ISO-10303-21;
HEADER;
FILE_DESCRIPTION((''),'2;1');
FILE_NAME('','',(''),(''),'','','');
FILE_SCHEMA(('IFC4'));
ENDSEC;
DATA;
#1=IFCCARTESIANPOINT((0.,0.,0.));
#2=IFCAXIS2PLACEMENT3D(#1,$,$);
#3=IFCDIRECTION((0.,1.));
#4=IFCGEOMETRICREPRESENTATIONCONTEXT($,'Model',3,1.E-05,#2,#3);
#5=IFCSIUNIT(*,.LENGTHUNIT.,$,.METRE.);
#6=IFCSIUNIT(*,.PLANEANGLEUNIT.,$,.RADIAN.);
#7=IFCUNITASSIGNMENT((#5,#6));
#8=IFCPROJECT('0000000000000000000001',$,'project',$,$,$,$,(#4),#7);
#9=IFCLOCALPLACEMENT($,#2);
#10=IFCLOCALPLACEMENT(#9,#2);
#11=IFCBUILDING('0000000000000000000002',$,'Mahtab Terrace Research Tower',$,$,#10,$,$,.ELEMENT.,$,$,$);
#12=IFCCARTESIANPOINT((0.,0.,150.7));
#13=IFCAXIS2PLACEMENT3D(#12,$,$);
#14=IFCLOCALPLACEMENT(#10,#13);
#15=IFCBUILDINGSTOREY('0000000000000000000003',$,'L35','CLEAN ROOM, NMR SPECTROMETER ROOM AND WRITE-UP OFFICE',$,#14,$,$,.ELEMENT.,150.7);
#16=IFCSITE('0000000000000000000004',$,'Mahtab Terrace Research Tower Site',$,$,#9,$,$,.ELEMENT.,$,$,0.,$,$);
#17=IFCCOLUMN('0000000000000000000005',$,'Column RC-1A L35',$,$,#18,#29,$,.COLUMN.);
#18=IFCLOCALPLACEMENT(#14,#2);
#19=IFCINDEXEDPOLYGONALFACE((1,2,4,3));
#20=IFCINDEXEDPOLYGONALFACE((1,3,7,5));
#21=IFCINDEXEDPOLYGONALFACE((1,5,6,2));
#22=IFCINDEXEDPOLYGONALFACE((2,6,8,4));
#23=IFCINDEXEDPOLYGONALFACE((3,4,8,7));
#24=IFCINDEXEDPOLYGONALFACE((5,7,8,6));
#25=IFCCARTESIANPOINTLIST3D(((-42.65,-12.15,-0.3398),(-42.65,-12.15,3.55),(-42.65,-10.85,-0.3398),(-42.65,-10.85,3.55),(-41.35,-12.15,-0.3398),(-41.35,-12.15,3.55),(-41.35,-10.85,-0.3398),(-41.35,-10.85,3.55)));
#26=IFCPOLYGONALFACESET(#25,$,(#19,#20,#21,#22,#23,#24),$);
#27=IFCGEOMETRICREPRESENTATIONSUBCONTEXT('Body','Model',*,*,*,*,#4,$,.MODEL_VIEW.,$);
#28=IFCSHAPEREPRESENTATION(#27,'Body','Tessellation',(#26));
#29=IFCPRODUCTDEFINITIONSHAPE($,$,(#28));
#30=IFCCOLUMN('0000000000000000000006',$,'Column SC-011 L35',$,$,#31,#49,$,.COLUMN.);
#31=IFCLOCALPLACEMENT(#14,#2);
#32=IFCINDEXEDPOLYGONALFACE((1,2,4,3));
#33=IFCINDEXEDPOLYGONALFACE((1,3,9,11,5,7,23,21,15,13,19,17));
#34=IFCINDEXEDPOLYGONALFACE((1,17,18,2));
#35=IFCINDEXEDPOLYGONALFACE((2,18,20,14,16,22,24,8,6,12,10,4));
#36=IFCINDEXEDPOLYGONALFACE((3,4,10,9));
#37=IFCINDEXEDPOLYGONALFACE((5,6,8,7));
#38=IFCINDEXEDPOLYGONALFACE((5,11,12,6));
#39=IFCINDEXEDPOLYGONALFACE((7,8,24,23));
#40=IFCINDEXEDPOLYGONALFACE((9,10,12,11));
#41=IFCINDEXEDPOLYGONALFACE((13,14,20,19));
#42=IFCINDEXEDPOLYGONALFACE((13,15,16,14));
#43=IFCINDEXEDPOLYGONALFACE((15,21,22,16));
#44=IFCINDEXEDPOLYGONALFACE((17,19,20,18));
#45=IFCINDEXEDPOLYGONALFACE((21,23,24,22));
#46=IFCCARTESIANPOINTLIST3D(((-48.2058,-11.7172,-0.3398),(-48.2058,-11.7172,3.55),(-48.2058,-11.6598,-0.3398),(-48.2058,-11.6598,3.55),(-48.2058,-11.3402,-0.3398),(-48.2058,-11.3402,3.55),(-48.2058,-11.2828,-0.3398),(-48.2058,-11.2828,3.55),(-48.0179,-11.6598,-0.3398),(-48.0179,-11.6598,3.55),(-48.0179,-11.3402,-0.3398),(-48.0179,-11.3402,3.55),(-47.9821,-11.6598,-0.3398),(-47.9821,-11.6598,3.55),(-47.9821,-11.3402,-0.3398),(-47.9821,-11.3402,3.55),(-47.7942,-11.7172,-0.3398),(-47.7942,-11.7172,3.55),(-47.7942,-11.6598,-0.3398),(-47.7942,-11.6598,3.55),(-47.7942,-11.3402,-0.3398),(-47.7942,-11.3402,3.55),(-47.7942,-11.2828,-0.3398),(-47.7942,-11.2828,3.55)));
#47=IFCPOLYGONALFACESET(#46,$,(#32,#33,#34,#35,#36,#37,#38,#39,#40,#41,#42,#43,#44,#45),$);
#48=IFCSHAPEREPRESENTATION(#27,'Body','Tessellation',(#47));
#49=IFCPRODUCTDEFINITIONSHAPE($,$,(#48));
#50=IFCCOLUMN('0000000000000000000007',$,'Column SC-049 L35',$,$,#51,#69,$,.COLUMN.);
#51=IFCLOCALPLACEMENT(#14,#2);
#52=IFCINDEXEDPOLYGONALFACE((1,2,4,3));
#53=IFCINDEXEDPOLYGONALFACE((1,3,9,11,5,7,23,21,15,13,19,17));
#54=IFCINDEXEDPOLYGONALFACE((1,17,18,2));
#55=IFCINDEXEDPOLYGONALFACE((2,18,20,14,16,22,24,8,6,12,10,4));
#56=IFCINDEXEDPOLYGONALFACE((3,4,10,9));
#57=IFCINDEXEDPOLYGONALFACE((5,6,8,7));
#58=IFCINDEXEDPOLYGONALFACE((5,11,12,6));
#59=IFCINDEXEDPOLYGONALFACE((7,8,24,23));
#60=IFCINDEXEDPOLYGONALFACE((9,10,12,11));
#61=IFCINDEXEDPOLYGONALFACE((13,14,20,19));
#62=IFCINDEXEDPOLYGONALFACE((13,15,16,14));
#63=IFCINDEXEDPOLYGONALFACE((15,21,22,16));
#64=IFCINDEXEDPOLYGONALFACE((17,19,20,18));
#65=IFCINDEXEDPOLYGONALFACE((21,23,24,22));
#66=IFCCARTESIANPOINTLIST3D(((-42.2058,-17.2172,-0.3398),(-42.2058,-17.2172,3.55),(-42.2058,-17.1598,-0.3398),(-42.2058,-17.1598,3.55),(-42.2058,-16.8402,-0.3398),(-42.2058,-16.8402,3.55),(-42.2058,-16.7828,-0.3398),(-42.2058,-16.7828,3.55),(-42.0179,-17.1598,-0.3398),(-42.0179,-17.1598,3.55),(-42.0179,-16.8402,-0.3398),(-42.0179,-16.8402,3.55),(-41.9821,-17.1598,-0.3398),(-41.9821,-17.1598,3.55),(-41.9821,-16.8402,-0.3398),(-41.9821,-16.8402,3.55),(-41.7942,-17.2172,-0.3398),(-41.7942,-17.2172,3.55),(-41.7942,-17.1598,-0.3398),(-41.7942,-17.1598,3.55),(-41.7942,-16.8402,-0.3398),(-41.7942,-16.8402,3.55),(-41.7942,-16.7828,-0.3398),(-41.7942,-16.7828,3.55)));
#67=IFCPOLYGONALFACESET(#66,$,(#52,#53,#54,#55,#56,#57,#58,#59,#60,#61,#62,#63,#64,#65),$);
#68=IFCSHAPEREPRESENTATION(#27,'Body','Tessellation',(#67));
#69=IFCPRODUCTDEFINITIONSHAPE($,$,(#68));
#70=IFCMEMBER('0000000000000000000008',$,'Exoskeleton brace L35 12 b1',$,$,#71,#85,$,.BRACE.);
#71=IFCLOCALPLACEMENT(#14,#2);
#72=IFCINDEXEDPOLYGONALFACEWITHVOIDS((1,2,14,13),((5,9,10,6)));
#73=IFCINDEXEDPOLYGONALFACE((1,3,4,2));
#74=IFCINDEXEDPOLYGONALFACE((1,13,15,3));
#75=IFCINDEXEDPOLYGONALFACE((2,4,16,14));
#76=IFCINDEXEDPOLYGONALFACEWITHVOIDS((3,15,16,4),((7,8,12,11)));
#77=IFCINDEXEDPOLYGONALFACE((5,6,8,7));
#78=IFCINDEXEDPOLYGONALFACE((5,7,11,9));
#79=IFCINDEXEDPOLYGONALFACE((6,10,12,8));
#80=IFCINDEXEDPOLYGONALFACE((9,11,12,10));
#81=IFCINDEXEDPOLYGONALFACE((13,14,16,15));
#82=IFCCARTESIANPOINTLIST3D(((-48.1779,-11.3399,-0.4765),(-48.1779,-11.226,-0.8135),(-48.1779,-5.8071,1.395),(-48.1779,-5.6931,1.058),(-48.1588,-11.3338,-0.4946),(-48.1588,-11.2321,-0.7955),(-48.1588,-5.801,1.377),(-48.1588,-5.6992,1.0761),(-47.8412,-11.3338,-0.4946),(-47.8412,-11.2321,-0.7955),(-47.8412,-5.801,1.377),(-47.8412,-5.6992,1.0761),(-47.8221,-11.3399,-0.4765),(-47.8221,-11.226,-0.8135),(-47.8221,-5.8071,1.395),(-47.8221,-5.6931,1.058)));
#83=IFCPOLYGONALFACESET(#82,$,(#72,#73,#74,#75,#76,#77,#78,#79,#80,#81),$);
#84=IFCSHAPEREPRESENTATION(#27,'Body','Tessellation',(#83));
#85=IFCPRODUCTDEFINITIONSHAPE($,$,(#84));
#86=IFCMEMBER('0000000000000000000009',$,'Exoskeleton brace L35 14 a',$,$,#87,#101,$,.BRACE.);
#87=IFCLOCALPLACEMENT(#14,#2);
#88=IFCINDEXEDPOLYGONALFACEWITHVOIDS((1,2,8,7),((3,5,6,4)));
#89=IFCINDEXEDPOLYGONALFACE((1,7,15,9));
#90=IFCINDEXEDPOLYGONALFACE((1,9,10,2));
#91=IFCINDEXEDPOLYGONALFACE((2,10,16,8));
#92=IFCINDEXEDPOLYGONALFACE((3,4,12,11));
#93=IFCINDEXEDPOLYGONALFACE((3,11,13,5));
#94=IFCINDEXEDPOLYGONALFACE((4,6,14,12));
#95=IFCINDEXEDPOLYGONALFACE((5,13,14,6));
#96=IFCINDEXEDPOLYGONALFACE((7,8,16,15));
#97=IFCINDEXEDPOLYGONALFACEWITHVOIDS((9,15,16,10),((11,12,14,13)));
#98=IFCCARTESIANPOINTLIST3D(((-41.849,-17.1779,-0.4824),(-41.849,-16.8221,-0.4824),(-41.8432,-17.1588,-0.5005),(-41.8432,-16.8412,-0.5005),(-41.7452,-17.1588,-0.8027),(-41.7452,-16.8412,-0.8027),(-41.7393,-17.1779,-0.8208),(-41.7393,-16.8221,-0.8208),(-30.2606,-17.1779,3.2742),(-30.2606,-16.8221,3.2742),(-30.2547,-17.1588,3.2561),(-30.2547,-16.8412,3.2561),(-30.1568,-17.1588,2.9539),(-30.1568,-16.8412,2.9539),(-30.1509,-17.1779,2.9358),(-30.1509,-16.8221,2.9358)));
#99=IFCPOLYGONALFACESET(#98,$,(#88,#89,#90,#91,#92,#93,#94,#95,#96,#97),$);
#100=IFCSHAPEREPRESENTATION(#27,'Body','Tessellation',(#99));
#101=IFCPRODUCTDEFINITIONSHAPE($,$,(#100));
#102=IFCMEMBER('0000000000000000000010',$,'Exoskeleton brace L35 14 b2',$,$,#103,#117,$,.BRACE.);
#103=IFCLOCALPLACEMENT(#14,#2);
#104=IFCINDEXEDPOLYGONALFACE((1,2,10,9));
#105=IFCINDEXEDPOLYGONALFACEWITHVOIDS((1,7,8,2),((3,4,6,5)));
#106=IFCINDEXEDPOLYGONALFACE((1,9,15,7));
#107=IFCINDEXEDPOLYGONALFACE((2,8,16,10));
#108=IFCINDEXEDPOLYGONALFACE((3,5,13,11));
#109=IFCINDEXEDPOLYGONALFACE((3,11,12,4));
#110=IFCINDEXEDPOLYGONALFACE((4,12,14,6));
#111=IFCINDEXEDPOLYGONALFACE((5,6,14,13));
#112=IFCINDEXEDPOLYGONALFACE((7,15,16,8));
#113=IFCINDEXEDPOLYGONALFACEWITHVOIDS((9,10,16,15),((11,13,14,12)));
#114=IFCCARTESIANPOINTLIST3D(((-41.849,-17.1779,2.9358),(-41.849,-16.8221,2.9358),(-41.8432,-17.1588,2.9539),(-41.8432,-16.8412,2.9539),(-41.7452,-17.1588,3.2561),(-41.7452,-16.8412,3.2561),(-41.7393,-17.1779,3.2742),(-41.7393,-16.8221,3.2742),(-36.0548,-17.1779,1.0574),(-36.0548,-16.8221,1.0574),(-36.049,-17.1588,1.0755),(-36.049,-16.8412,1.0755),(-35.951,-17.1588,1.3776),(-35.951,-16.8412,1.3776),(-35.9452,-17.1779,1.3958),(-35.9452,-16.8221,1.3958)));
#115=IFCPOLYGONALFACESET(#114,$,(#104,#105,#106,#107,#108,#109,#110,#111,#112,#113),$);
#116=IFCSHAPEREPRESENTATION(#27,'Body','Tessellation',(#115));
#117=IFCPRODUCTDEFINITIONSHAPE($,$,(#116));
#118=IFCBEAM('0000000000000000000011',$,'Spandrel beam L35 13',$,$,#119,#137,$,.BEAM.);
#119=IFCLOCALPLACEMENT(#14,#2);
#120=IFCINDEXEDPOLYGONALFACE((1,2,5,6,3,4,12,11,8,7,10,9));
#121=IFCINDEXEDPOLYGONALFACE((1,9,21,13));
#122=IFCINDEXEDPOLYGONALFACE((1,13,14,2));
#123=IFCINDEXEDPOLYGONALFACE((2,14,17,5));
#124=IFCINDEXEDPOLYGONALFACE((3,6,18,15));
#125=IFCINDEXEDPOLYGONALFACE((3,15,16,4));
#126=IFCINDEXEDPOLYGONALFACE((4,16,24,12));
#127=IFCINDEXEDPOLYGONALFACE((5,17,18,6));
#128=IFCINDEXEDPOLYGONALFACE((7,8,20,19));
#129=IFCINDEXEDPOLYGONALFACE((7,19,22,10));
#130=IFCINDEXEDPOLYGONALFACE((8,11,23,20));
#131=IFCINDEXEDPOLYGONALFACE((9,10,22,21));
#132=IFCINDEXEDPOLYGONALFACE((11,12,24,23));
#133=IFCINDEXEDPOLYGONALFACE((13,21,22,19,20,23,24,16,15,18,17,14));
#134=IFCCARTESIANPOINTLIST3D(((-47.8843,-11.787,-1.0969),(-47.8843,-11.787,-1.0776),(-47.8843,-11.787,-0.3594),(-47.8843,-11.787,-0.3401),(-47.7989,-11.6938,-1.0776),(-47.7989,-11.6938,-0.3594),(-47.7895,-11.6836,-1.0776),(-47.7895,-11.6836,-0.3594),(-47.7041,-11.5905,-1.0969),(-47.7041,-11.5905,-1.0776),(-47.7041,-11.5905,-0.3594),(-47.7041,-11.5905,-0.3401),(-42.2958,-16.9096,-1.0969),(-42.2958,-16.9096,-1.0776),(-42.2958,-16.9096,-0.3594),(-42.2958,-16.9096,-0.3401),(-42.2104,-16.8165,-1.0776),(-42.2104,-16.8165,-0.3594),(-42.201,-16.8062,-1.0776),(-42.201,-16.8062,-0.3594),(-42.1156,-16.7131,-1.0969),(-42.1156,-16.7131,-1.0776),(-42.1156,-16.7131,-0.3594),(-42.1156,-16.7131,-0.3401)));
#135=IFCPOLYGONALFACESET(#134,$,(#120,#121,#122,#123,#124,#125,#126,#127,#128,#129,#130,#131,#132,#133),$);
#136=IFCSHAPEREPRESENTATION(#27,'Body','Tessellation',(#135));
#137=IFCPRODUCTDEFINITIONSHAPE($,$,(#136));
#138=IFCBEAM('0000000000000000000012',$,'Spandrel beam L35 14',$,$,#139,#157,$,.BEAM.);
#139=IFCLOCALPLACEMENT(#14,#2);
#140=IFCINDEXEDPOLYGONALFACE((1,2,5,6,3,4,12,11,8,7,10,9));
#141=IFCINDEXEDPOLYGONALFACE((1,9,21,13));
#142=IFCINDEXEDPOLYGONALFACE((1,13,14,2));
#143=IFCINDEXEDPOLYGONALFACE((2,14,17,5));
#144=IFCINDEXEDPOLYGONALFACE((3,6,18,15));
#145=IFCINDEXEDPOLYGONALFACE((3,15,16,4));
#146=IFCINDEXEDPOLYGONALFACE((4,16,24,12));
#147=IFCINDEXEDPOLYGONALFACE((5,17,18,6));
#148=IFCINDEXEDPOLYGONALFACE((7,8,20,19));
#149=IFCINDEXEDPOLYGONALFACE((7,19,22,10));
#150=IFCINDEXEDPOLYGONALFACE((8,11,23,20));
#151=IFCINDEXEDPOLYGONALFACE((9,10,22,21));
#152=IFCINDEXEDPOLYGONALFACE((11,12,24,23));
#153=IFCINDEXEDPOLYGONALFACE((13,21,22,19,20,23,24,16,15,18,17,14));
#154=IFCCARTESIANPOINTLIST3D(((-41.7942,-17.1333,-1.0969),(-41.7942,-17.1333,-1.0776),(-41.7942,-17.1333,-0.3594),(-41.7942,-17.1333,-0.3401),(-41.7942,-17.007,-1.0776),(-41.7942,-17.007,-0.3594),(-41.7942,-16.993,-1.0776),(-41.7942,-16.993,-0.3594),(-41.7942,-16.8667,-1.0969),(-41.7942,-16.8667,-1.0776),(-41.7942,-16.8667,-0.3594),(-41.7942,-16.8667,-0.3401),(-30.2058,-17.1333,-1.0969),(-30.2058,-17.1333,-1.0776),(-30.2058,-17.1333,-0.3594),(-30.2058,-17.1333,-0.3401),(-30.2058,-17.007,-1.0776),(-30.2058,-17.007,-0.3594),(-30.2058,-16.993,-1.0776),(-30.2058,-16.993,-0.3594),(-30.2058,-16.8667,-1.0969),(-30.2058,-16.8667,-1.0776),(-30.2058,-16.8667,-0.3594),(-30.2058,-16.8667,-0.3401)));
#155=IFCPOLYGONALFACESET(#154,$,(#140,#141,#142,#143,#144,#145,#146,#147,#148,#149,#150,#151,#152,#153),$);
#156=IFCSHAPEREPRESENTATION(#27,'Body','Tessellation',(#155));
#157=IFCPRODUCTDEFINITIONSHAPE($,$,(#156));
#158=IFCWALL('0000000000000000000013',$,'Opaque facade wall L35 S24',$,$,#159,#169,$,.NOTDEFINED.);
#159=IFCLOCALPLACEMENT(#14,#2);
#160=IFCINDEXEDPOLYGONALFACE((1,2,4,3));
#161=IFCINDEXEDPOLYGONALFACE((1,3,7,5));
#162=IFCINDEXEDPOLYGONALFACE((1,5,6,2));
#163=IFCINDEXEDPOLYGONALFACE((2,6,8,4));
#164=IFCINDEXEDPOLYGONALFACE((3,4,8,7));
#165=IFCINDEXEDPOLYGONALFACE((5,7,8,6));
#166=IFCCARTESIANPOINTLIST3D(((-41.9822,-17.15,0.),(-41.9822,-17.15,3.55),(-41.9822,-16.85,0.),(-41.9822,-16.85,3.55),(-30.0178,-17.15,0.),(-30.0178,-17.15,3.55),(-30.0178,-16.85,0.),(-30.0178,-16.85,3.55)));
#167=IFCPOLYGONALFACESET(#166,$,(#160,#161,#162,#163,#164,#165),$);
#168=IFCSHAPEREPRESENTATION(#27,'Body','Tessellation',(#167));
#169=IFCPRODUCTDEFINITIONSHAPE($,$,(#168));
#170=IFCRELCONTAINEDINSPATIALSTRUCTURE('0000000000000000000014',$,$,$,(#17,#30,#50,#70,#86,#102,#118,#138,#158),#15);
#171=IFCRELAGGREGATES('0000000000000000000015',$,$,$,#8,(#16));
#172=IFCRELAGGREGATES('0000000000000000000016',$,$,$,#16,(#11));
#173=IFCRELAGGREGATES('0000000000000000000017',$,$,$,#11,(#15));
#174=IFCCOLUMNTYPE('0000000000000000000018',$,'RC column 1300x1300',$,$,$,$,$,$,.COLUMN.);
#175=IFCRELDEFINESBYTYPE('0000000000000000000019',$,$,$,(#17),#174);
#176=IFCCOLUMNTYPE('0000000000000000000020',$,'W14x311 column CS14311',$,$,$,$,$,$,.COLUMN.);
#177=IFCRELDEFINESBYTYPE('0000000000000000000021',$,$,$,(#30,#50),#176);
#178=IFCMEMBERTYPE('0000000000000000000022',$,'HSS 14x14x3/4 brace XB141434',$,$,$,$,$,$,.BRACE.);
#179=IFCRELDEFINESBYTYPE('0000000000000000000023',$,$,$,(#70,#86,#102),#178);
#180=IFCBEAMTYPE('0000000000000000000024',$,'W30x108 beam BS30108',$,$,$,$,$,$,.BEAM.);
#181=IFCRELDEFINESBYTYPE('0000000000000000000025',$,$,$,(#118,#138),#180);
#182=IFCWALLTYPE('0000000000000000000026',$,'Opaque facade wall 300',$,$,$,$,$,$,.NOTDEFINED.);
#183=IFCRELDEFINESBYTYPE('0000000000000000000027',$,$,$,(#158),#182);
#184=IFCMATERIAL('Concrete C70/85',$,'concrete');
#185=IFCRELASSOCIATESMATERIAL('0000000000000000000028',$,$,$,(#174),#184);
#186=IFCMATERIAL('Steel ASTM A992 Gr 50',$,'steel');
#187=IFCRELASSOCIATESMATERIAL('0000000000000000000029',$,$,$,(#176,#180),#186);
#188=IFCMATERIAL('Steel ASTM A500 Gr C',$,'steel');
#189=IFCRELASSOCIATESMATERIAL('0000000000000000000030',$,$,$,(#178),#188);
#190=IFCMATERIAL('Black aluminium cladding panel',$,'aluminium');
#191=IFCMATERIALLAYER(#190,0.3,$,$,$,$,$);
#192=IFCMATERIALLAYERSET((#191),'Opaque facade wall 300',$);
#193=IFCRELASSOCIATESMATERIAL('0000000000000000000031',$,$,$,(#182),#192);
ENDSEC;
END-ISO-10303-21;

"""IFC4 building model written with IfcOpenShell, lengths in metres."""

from ifc_helpers import new_model, si_unit, direction, frame, frame_2d, origin, origin_2d, place, context, subcontext, project, spatial, rectangle, hollow_rectangle, i_section, extrude, material, layer, layer_set, material_profile, profile_set, type_object, element, save


model = new_model("IFC4")

# Units and contexts
model_context = context("Model", 3, precision=1e-05, world=origin(), true_north=direction((0.0, 1.0)))
body_context = subcontext(model_context, "Body", "Model", "MODEL_VIEW")
ifc_project = project(units=[si_unit("LENGTHUNIT", "METRE"), si_unit("PLANEANGLEUNIT", "RADIAN")], contexts=[model_context])

# Site, building, storey
site_placement = place(None, origin())
site = spatial("IfcSite", under=ifc_project, at=site_placement, Name="Mahtab Terrace Research Tower Site", CompositionType="ELEMENT", RefElevation=0.0)
building_placement = place(site_placement, origin())
building = spatial("IfcBuilding", under=site, at=building_placement, Name="Mahtab Terrace Research Tower", CompositionType="ELEMENT")
storey_placement = place(building_placement, frame((0.0, 0.0, 150.7)))
storey = spatial("IfcBuildingStorey", under=building, at=storey_placement, Name="L35", Description="CLEAN ROOM, NMR SPECTROMETER ROOM AND WRITE-UP OFFICE", CompositionType="ELEMENT", Elevation=150.7)

# Columns
ifc_material_1 = material(Name="Concrete C70/85", Category="concrete")
ifc_material_profile_1 = material_profile(ifc_material_1, rectangle(XDim=1.3, YDim=1.3, at=origin_2d()), Name="RC column 1300x1300")
ifc_profile_set_1 = profile_set([ifc_material_profile_1], Name="Concrete C70/85")
column_type_1 = type_object("IfcColumnType", Name="RC column 1300x1300", PredefinedType="COLUMN", material=ifc_profile_set_1)
column_placement = place(storey_placement, frame((-42.0, -11.5, -0.3398), z_axis=(0.0, 0.0, 1.0), x_axis=(1.0, 0.0, 0.0)))
element("IfcColumn", 1, at=column_placement, inside=storey, type_object=column_type_1, Name="Column RC-1A L35", PredefinedType="COLUMN", context=body_context, shape_type="SweptSolid", body=[
    extrude(rectangle(XDim=1.3, YDim=1.3, at=origin_2d()), origin(), (0.0, 0.0, 1.0), 3.8899),
])
ifc_material_2 = material(Name="Steel ASTM A992 Gr 50", Category="steel")
ifc_material_profile_2 = material_profile(ifc_material_2, i_section(OverallWidth=0.4116, OverallDepth=0.4343, WebThickness=0.0359, FlangeThickness=0.0574, at=origin_2d()), Name="W14X311")
ifc_profile_set_2 = profile_set([ifc_material_profile_2], Name="Steel ASTM A992 Gr 50")
column_type_2 = type_object("IfcColumnType", Name="W14x311 column CS14311", PredefinedType="COLUMN", material=ifc_profile_set_2)
for number, where, z_axis, x_axis, name in (
    (2, (-48.0, -11.5, -0.3398), (0.0, 0.0, 1.0), (1.0, 0.0, 0.0), "Column SC-011 L35"),
    (3, (-42.0, -17.0, -0.3398), (0.0, 0.0, 1.0), (1.0, 0.0, 0.0), "Column SC-049 L35"),
):
    element("IfcColumn", number, at=place(storey_placement, frame(where, z_axis=z_axis, x_axis=x_axis)), inside=storey, type_object=column_type_2, Name=name, PredefinedType="COLUMN", context=body_context, shape_type="SweptSolid", body=[
        extrude(i_section(OverallWidth=0.4116, OverallDepth=0.4343, WebThickness=0.0359, FlangeThickness=0.0574, at=origin_2d()), origin(), (0.0, 0.0, 1.0), 3.8899),
    ])

# Members
ifc_material_3 = material(Name="Steel ASTM A500 Gr C", Category="steel")
ifc_material_profile_3 = material_profile(ifc_material_3, hollow_rectangle(XDim=0.3557, YDim=0.3557, WallThickness=0.019, at=origin_2d()), Name="HSS14X14X3/4")
ifc_profile_set_3 = profile_set([ifc_material_profile_3], Name="Steel ASTM A500 Gr C")
member_type = type_object("IfcMemberType", Name="HSS 14x14x3/4 brace XB141434", PredefinedType="BRACE", material=ifc_profile_set_3)
member_1_placement = place(storey_placement, frame((-48.0, -11.283, -0.645), z_axis=(0.0, 0.947274, 0.320425), x_axis=(-1.0, 0.0, 0.0)))
element("IfcMember", 4, at=member_1_placement, inside=storey, type_object=member_type, Name="Exoskeleton brace L35 12 b1", PredefinedType="BRACE", context=body_context, shape_type="SweptSolid", body=[
    extrude(hollow_rectangle(XDim=0.3557, YDim=0.3557, WallThickness=0.019, at=origin_2d()), origin(), (0.0, 0.0, 1.0), 5.8408),
])
member_2_placement = place(storey_placement, frame((-41.7942, -17.0, -0.6516), z_axis=(0.951266, 0.0, 0.308371), x_axis=(0.0, 1.0, 0.0)))
element("IfcMember", 5, at=member_2_placement, inside=storey, type_object=member_type, Name="Exoskeleton brace L35 14 a", PredefinedType="BRACE", context=body_context, shape_type="SweptSolid", body=[
    extrude(hollow_rectangle(XDim=0.3557, YDim=0.3557, WallThickness=0.019, at=origin_2d()), origin(), (0.0, 0.0, 1.0), 12.1821),
])
member_3_placement = place(storey_placement, frame((-36.0, -17.0, 1.2266), z_axis=(-0.95126, 0.0, 0.308389), x_axis=(0.0, -1.0, 0.0)))
element("IfcMember", 6, at=member_3_placement, inside=storey, type_object=member_type, Name="Exoskeleton brace L35 14 b2", PredefinedType="BRACE", context=body_context, shape_type="SweptSolid", body=[
    extrude(hollow_rectangle(XDim=0.3557, YDim=0.3557, WallThickness=0.019, at=origin_2d()), origin(), (0.0, 0.0, 1.0), 6.0911),
])

# Beams
ifc_material_profile_4 = material_profile(ifc_material_2, i_section(OverallWidth=0.2666, OverallDepth=0.7568, WebThickness=0.0139, FlangeThickness=0.0193, at=origin_2d()), Name="W30X108")
ifc_profile_set_4 = profile_set([ifc_material_profile_4], Name="Steel ASTM A992 Gr 50")
beam_type = type_object("IfcBeamType", Name="W30x108 beam BS30108", PredefinedType="BEAM", material=ifc_profile_set_4)
beam_1_placement = place(storey_placement, frame((-47.7942, -11.6887, -0.7185), z_axis=(0.737162, -0.675716, 0.0), x_axis=(0.675716, 0.737162, 0.0)))
element("IfcBeam", 7, at=beam_1_placement, inside=storey, type_object=beam_type, Name="Spandrel beam L35 13", PredefinedType="BEAM", context=body_context, shape_type="SweptSolid", body=[
    extrude(i_section(OverallWidth=0.2666, OverallDepth=0.7568, WebThickness=0.0139, FlangeThickness=0.0193, at=origin_2d()), origin(), (0.0, 0.0, 1.0), 7.5811),
])
beam_2_placement = place(storey_placement, frame((-41.7942, -17.0, -0.7185), z_axis=(1.0, 0.0, 0.0), x_axis=(0.0, 1.0, 0.0)))
element("IfcBeam", 8, at=beam_2_placement, inside=storey, type_object=beam_type, Name="Spandrel beam L35 14", PredefinedType="BEAM", context=body_context, shape_type="SweptSolid", body=[
    extrude(i_section(OverallWidth=0.2666, OverallDepth=0.7568, WebThickness=0.0139, FlangeThickness=0.0193, at=origin_2d()), origin(), (0.0, 0.0, 1.0), 11.5884),
])

# Wall
ifc_material_4 = material(Name="Black aluminium cladding panel", Category="aluminium")
ifc_layer_1 = layer(ifc_material_4, 0.3)
ifc_layer_set_1 = layer_set([ifc_layer_1], Name="Opaque facade wall 300")
wall_type_1 = type_object("IfcWallType", Name="Opaque facade wall 300", PredefinedType="NOTDEFINED", material=ifc_layer_set_1)
wall_1_placement = place(storey_placement, frame((-41.9822, -17.0, 0.0), z_axis=(0.0, 0.0, 1.0), x_axis=(1.0, 0.0, 0.0)))
element("IfcWall", 9, at=wall_1_placement, inside=storey, type_object=wall_type_1, Name="Opaque facade wall L35 S24", PredefinedType="NOTDEFINED", context=body_context, shape_type="SweptSolid", body=[
    extrude(rectangle(XDim=11.9644, YDim=0.3, at=frame_2d((5.9822, 0.0))), origin(), (0.0, 0.0, 1.0), 3.55),
])

save(model, "model.ifc")
